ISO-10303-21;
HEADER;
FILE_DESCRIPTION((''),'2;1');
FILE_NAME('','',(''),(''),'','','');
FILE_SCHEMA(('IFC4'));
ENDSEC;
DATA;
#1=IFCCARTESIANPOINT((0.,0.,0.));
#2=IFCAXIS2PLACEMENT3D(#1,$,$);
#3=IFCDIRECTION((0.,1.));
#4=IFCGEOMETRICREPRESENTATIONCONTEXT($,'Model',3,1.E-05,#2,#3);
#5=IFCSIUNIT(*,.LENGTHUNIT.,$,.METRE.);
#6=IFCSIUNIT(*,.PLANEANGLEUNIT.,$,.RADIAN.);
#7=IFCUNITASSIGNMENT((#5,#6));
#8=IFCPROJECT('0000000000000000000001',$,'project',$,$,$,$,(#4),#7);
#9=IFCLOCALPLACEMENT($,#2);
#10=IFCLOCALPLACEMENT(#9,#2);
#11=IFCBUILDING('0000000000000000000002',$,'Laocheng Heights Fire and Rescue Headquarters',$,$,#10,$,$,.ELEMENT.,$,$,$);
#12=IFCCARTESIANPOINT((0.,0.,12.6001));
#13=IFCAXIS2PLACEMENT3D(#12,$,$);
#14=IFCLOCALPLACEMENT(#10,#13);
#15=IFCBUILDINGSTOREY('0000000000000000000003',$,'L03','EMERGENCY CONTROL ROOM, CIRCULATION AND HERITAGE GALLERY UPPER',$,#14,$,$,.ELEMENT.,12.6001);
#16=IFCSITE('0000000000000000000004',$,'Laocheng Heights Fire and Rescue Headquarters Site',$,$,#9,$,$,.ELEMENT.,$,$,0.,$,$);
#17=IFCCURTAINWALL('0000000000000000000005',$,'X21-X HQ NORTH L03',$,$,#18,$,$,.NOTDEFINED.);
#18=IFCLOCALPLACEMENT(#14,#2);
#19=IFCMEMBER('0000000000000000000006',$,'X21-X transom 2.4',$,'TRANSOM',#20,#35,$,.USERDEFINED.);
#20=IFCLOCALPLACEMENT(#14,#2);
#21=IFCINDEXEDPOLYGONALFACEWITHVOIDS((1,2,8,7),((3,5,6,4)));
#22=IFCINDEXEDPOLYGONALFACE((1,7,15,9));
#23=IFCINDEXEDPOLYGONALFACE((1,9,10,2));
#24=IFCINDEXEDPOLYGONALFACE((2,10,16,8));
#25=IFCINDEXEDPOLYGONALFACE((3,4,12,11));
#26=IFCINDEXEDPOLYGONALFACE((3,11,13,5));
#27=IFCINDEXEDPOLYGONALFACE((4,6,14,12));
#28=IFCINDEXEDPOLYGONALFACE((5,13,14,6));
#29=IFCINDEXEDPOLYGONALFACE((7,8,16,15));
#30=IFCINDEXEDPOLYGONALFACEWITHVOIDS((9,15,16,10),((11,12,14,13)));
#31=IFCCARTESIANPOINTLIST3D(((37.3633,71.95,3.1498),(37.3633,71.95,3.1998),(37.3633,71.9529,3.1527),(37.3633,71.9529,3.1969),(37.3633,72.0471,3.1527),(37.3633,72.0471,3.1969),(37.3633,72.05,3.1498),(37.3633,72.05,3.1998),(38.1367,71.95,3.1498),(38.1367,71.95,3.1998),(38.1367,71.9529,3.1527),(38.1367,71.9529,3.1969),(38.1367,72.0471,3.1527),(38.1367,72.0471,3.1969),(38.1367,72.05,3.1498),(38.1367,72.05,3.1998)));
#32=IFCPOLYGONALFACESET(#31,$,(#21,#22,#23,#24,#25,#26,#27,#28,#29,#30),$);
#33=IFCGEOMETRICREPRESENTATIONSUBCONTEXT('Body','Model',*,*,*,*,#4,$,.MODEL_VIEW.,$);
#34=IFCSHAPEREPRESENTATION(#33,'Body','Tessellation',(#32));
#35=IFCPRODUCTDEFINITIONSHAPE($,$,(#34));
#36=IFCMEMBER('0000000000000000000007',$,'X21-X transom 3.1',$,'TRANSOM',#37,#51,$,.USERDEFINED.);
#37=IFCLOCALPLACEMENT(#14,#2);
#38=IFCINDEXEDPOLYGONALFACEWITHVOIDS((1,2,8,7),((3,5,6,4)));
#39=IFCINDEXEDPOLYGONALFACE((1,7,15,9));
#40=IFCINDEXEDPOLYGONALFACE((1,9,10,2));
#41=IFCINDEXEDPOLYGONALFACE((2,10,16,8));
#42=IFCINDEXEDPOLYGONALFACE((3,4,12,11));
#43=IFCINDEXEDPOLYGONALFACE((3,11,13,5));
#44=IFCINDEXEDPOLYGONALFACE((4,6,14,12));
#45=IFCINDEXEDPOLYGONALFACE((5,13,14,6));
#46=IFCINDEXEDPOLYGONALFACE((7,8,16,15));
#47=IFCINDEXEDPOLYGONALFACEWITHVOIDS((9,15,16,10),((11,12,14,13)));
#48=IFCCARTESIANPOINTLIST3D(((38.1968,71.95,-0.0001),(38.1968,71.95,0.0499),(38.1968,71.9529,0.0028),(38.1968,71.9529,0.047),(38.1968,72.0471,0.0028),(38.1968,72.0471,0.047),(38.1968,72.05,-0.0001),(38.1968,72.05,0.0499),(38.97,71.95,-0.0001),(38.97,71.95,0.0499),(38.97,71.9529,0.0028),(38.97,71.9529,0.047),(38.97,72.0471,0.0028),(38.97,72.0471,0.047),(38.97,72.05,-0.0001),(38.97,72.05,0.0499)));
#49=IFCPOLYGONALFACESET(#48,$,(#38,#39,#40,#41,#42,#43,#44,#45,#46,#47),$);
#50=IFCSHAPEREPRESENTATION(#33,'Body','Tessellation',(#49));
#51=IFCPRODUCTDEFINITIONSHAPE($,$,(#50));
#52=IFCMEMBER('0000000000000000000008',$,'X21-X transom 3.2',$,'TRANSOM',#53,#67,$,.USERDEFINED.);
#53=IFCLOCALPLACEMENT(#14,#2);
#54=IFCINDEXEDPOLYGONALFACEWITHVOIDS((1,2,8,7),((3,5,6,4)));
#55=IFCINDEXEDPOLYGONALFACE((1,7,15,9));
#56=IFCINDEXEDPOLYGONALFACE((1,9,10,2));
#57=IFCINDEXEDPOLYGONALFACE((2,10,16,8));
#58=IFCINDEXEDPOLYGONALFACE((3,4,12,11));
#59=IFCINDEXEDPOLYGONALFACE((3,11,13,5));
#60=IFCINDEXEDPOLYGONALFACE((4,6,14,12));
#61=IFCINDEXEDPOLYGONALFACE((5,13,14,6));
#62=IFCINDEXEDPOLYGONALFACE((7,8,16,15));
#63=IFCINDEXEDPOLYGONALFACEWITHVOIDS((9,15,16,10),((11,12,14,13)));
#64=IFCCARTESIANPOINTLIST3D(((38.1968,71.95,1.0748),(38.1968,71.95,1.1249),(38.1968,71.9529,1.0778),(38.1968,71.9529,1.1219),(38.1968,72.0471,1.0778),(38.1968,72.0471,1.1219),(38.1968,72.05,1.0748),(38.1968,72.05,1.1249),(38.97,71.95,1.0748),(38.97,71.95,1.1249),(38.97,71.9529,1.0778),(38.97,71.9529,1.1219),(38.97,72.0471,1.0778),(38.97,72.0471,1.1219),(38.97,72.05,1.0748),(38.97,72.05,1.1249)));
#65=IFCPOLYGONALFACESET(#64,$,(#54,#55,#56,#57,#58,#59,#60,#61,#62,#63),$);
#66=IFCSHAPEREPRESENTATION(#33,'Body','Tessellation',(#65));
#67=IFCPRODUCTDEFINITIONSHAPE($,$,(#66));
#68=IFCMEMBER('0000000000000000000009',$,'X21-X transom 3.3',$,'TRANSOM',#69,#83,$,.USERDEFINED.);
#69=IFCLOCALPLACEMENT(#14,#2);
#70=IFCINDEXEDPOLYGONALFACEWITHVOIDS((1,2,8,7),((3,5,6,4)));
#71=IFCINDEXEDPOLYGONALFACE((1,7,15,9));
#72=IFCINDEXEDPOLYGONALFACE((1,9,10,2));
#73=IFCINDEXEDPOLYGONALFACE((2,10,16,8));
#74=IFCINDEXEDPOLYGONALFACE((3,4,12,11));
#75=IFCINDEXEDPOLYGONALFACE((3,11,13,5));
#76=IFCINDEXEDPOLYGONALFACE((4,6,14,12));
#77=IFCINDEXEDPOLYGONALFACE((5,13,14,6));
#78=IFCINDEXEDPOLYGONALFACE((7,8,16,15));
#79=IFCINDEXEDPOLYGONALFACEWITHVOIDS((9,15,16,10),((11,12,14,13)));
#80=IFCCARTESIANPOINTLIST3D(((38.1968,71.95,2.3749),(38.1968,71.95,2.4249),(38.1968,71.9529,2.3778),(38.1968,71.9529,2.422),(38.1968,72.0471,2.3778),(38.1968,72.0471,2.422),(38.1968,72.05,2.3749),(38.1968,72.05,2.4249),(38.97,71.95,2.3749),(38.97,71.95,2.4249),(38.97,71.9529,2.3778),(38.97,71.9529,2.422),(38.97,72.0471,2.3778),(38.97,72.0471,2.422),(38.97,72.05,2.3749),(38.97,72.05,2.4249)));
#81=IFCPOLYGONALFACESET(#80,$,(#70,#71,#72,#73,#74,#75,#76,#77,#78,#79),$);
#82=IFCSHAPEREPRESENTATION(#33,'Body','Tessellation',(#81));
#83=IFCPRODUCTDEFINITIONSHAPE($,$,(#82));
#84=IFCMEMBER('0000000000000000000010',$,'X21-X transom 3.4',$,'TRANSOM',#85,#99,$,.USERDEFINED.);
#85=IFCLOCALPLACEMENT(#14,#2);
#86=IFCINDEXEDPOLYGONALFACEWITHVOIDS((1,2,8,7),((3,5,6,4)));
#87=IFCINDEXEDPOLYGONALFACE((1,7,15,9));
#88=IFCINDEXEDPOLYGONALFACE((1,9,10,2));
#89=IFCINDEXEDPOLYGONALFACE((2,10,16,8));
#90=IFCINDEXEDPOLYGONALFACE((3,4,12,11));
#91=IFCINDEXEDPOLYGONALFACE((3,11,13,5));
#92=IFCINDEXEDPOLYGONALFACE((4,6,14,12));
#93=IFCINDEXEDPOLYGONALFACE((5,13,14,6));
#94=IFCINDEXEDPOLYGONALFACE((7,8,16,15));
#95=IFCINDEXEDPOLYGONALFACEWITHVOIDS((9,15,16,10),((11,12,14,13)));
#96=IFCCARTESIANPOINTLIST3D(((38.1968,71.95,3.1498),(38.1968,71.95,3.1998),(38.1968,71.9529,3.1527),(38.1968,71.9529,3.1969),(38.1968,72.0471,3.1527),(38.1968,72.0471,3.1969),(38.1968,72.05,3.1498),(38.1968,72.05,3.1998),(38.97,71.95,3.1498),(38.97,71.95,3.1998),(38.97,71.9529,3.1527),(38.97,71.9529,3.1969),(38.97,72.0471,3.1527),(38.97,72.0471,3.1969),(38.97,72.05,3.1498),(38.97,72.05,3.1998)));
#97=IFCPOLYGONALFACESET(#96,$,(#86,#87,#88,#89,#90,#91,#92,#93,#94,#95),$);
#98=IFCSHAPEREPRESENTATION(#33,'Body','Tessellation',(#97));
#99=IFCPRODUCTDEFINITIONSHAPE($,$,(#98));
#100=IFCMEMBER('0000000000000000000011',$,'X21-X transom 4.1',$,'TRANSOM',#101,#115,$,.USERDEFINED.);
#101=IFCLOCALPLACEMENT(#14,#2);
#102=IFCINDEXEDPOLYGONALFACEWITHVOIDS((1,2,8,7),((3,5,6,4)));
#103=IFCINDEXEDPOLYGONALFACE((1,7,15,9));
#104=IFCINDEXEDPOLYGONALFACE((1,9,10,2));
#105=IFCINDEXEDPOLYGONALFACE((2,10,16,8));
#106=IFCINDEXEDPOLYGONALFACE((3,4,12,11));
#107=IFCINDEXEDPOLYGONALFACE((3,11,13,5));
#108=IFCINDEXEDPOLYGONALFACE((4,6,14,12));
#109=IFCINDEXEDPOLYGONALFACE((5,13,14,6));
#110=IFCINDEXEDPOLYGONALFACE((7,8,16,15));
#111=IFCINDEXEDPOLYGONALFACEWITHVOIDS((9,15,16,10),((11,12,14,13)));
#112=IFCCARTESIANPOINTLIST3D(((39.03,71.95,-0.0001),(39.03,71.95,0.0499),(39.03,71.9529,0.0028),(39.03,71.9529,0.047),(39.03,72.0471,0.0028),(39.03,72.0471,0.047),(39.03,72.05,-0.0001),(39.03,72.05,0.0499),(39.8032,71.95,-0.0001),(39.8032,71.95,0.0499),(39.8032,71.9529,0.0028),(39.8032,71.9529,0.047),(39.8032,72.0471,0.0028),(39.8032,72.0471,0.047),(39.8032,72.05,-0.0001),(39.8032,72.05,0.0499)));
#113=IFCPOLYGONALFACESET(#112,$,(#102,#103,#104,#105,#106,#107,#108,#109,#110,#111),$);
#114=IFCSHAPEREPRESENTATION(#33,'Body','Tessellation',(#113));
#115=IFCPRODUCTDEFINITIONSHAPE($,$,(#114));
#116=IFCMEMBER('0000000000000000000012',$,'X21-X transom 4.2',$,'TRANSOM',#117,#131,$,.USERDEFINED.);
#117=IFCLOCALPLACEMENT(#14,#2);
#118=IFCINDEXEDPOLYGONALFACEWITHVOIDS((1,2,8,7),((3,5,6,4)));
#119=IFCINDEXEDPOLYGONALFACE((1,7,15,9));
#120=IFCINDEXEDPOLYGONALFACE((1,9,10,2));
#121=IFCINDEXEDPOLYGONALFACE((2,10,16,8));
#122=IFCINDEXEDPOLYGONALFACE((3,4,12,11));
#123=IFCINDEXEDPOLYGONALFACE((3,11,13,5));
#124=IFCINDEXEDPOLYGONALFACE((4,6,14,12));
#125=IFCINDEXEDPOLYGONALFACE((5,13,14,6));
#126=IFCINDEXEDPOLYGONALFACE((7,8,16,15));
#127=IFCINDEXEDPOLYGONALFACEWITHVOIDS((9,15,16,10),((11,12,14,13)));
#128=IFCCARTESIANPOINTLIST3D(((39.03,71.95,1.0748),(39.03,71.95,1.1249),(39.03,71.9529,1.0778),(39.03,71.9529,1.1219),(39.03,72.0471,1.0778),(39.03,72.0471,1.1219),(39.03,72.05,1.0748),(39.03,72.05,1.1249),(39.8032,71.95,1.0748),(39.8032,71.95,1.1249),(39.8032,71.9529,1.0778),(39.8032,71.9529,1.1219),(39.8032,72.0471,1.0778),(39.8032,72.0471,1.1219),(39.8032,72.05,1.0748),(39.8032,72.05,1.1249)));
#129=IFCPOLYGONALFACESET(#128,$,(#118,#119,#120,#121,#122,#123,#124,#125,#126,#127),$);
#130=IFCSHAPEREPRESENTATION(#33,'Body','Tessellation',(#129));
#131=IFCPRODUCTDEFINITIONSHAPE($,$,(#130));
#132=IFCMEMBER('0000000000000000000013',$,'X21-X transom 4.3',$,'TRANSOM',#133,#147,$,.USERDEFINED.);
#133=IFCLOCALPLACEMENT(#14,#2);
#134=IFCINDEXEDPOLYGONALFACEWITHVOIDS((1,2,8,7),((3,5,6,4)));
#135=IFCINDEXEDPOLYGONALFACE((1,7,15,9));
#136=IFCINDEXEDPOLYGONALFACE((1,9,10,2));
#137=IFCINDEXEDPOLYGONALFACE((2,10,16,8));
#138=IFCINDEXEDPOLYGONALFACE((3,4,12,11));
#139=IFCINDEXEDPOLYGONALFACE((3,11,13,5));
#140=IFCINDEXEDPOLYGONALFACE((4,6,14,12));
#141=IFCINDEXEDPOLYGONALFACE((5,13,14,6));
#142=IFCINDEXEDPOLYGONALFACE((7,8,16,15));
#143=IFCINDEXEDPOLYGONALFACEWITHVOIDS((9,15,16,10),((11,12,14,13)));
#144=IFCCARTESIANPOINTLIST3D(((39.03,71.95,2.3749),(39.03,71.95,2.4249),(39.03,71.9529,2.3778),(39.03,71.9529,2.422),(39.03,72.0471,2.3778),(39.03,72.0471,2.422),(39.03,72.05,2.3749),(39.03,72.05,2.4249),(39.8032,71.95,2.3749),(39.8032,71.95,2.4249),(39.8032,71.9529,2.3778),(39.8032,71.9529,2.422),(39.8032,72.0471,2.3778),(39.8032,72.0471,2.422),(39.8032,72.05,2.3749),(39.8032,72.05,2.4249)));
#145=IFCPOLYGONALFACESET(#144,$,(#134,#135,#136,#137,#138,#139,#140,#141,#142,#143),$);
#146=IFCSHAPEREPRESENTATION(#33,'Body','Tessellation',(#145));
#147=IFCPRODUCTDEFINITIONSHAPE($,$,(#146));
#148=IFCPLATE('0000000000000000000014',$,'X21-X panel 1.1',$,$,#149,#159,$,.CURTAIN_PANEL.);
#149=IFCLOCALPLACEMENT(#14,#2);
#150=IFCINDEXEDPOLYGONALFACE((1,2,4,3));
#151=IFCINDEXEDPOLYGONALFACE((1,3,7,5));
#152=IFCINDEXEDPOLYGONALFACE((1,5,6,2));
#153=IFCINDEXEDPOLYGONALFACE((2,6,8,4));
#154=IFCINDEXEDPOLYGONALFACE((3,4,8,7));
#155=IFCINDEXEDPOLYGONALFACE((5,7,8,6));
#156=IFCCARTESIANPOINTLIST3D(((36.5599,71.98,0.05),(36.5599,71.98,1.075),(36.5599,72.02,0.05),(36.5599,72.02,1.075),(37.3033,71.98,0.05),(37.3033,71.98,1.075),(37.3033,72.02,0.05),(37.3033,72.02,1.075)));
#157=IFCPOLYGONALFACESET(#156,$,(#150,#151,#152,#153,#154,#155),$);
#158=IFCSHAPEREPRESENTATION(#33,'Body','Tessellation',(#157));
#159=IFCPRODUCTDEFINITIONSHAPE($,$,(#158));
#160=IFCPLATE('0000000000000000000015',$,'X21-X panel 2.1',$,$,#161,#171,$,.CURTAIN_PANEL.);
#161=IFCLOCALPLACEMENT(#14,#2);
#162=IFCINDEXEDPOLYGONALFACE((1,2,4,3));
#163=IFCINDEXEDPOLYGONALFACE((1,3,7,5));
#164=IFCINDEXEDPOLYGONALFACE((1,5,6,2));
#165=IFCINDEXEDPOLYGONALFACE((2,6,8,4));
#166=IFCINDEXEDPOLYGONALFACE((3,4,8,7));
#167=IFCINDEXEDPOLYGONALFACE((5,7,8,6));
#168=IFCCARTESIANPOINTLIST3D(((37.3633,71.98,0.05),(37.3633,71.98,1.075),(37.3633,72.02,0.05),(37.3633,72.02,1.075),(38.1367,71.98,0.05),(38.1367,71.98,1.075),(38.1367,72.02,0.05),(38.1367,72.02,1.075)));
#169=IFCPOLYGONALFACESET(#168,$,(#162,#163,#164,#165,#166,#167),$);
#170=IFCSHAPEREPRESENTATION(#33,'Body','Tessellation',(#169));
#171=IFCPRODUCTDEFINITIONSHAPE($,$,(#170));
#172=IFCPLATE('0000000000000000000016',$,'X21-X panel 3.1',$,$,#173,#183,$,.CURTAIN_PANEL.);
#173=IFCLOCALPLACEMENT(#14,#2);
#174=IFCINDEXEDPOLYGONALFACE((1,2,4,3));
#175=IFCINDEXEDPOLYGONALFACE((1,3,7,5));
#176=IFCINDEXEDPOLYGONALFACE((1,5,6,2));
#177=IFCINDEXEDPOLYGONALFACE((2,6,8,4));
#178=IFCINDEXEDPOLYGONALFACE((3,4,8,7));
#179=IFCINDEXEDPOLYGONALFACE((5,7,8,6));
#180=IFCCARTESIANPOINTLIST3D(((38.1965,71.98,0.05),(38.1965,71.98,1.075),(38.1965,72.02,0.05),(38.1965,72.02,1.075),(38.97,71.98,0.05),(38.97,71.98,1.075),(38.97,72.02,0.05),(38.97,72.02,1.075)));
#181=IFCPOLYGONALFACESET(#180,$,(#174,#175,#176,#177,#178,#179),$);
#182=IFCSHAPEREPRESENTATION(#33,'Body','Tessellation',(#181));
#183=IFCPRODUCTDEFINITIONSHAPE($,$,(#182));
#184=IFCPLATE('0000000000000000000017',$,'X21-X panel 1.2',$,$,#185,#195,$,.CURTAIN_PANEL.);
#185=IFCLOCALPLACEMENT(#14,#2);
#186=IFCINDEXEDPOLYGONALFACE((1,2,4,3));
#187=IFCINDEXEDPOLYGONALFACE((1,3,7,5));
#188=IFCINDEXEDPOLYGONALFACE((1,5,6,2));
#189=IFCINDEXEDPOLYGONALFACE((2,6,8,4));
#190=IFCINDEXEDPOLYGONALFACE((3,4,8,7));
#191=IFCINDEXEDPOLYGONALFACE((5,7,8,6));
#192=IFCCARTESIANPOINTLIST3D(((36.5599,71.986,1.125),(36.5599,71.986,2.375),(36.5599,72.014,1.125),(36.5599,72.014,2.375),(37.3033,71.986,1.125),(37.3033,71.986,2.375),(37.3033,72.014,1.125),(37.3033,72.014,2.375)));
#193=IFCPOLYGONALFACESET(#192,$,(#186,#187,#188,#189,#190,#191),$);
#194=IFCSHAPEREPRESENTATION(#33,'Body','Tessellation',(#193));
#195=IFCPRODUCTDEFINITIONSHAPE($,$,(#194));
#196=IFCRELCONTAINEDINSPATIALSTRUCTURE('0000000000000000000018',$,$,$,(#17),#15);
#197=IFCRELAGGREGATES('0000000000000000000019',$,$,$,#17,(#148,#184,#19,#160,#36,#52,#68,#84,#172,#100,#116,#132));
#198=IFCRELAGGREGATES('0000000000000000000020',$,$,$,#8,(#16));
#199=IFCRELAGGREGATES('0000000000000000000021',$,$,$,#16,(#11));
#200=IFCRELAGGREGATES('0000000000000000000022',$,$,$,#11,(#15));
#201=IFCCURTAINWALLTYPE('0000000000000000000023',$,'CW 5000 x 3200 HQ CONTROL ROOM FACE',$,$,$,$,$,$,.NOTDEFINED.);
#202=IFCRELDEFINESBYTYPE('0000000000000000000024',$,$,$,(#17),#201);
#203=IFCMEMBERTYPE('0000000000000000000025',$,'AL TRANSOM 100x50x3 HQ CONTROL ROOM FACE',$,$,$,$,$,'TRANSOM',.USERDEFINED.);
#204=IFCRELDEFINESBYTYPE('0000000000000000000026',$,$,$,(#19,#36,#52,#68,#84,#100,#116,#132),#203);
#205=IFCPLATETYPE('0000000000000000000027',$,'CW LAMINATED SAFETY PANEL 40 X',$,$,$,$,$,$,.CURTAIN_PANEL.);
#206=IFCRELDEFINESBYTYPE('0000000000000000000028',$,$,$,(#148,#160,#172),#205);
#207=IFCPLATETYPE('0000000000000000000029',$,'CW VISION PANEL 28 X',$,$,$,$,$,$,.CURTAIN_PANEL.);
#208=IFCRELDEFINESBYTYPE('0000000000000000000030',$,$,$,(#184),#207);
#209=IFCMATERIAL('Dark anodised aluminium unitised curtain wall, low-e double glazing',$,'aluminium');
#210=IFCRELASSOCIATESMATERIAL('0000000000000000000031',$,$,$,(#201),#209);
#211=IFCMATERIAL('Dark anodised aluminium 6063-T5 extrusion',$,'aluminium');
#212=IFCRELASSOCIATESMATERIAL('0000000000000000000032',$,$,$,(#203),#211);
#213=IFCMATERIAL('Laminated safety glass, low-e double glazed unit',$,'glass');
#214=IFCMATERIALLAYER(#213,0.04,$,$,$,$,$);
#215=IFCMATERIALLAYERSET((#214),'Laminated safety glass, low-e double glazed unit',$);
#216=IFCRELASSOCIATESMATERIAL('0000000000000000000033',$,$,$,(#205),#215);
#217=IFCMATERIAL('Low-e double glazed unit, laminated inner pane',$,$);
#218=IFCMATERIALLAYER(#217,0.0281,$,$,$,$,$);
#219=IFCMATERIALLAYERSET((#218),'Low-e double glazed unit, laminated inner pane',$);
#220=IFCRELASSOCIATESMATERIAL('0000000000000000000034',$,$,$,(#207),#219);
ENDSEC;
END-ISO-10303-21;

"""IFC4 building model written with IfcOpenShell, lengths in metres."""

from ifc_helpers import new_model, si_unit, direction, frame, origin, origin_2d, place, context, subcontext, project, spatial, rectangle, hollow_rectangle, extrude, material, layer, layer_set, material_profile, profile_set, type_object, element, aggregate, save


model = new_model("IFC4")

# Units and contexts
model_context = context("Model", 3, precision=1e-05, world=origin(), true_north=direction((0.0, 1.0)))
body_context = subcontext(model_context, "Body", "Model", "MODEL_VIEW")
ifc_project = project(units=[si_unit("LENGTHUNIT", "METRE"), si_unit("PLANEANGLEUNIT", "RADIAN")], contexts=[model_context])

# Site, building, storey
site_placement = place(None, origin())
site = spatial("IfcSite", under=ifc_project, at=site_placement, Name="Laocheng Heights Fire and Rescue Headquarters Site", CompositionType="ELEMENT", RefElevation=0.0)
building_placement = place(site_placement, origin())
building = spatial("IfcBuilding", under=site, at=building_placement, Name="Laocheng Heights Fire and Rescue Headquarters", CompositionType="ELEMENT")
storey_placement = place(building_placement, frame((0.0, 0.0, 12.6001)))
storey = spatial("IfcBuildingStorey", under=building, at=storey_placement, Name="L03", Description="EMERGENCY CONTROL ROOM, CIRCULATION AND HERITAGE GALLERY UPPER", CompositionType="ELEMENT", Elevation=12.6001)

# Curtain wall, members, plates
ifc_material_1 = material(Name="Dark anodised aluminium unitised curtain wall, low-e double glazing", Category="aluminium")
curtain_wall_type = type_object("IfcCurtainWallType", Name="CW 5000 x 3200 HQ CONTROL ROOM FACE", PredefinedType="NOTDEFINED", material=ifc_material_1)
curtain_wall_placement = place(storey_placement, origin())
curtain_wall = element("IfcCurtainWall", 1, at=curtain_wall_placement, inside=storey, type_object=curtain_wall_type, Name="X21-X HQ NORTH L03", PredefinedType="NOTDEFINED")
ifc_material_2 = material(Name="Dark anodised aluminium 6063-T5 extrusion", Category="aluminium")
ifc_material_profile_1 = material_profile(ifc_material_2, hollow_rectangle(XDim=0.1001, YDim=0.05, WallThickness=0.0029, at=origin_2d()), Name="AL TRANSOM 100x50x3 HQ CONTROL ROOM FACE")
ifc_profile_set_1 = profile_set([ifc_material_profile_1], Name="Dark anodised aluminium 6063-T5 extrusion")
member_type_1 = type_object("IfcMemberType", Name="AL TRANSOM 100x50x3 HQ CONTROL ROOM FACE", ElementType="TRANSOM", PredefinedType="USERDEFINED", material=ifc_profile_set_1)
member_1_placement = place(storey_placement, frame((37.3633, 72.0, 3.1748), z_axis=(1.0, 0.0, 0.0), x_axis=(0.0, 1.0, 0.0)))
member_1 = element("IfcMember", 2, at=member_1_placement, type_object=member_type_1, Name="X21-X transom 2.4", ObjectType="TRANSOM", PredefinedType="USERDEFINED", context=body_context, shape_type="SweptSolid", body=[
    extrude(hollow_rectangle(XDim=0.1001, YDim=0.05, WallThickness=0.0029, at=origin_2d()), origin(), (0.0, 0.0, 1.0), 0.7734),
])
member_2_placement = place(storey_placement, frame((38.1968, 72.0, 0.0249), z_axis=(1.0, 0.0, 0.0), x_axis=(0.0, 1.0, 0.0)))
member_2 = element("IfcMember", 3, at=member_2_placement, type_object=member_type_1, Name="X21-X transom 3.1", ObjectType="TRANSOM", PredefinedType="USERDEFINED", context=body_context, shape_type="SweptSolid", body=[
    extrude(hollow_rectangle(XDim=0.1001, YDim=0.05, WallThickness=0.0029, at=origin_2d()), origin(), (0.0, 0.0, 1.0), 0.7732),
])
member_3_placement = place(storey_placement, frame((38.1968, 72.0, 1.0999), z_axis=(1.0, 0.0, 0.0), x_axis=(0.0, 1.0, 0.0)))
member_3 = element("IfcMember", 4, at=member_3_placement, type_object=member_type_1, Name="X21-X transom 3.2", ObjectType="TRANSOM", PredefinedType="USERDEFINED", context=body_context, shape_type="SweptSolid", body=[
    extrude(hollow_rectangle(XDim=0.1001, YDim=0.05, WallThickness=0.0029, at=origin_2d()), origin(), (0.0, 0.0, 1.0), 0.7732),
])
member_4_placement = place(storey_placement, frame((38.1968, 72.0, 2.3999), z_axis=(1.0, 0.0, 0.0), x_axis=(0.0, 1.0, 0.0)))
member_4 = element("IfcMember", 5, at=member_4_placement, type_object=member_type_1, Name="X21-X transom 3.3", ObjectType="TRANSOM", PredefinedType="USERDEFINED", context=body_context, shape_type="SweptSolid", body=[
    extrude(hollow_rectangle(XDim=0.1001, YDim=0.05, WallThickness=0.0029, at=origin_2d()), origin(), (0.0, 0.0, 1.0), 0.7732),
])
member_5_placement = place(storey_placement, frame((38.1968, 72.0, 3.1748), z_axis=(1.0, 0.0, 0.0), x_axis=(0.0, 1.0, 0.0)))
member_5 = element("IfcMember", 6, at=member_5_placement, type_object=member_type_1, Name="X21-X transom 3.4", ObjectType="TRANSOM", PredefinedType="USERDEFINED", context=body_context, shape_type="SweptSolid", body=[
    extrude(hollow_rectangle(XDim=0.1001, YDim=0.05, WallThickness=0.0029, at=origin_2d()), origin(), (0.0, 0.0, 1.0), 0.7732),
])
member_6_placement = place(storey_placement, frame((39.03, 72.0, 0.0249), z_axis=(1.0, 0.0, 0.0), x_axis=(0.0, 1.0, 0.0)))
member_6 = element("IfcMember", 7, at=member_6_placement, type_object=member_type_1, Name="X21-X transom 4.1", ObjectType="TRANSOM", PredefinedType="USERDEFINED", context=body_context, shape_type="SweptSolid", body=[
    extrude(hollow_rectangle(XDim=0.1001, YDim=0.05, WallThickness=0.0029, at=origin_2d()), origin(), (0.0, 0.0, 1.0), 0.7732),
])
member_7_placement = place(storey_placement, frame((39.03, 72.0, 1.0999), z_axis=(1.0, 0.0, 0.0), x_axis=(0.0, 1.0, 0.0)))
member_7 = element("IfcMember", 8, at=member_7_placement, type_object=member_type_1, Name="X21-X transom 4.2", ObjectType="TRANSOM", PredefinedType="USERDEFINED", context=body_context, shape_type="SweptSolid", body=[
    extrude(hollow_rectangle(XDim=0.1001, YDim=0.05, WallThickness=0.0029, at=origin_2d()), origin(), (0.0, 0.0, 1.0), 0.7732),
])
member_8_placement = place(storey_placement, frame((39.03, 72.0, 2.3999), z_axis=(1.0, 0.0, 0.0), x_axis=(0.0, 1.0, 0.0)))
member_8 = element("IfcMember", 9, at=member_8_placement, type_object=member_type_1, Name="X21-X transom 4.3", ObjectType="TRANSOM", PredefinedType="USERDEFINED", context=body_context, shape_type="SweptSolid", body=[
    extrude(hollow_rectangle(XDim=0.1001, YDim=0.05, WallThickness=0.0029, at=origin_2d()), origin(), (0.0, 0.0, 1.0), 0.7732),
])
ifc_material_3 = material(Name="Laminated safety glass, low-e double glazed unit", Category="glass")
ifc_layer_1 = layer(ifc_material_3, 0.04)
ifc_layer_set_1 = layer_set([ifc_layer_1], Name="Laminated safety glass, low-e double glazed unit")
plate_type_1 = type_object("IfcPlateType", Name="CW LAMINATED SAFETY PANEL 40 X", PredefinedType="CURTAIN_PANEL", material=ifc_layer_set_1)
plate_1_placement = place(storey_placement, frame((36.9316, 72.0, 0.05), z_axis=(0.0, 0.0, 1.0), x_axis=(1.0, 0.0, 0.0)))
plate_1 = element("IfcPlate", 10, at=plate_1_placement, type_object=plate_type_1, Name="X21-X panel 1.1", PredefinedType="CURTAIN_PANEL", context=body_context, shape_type="SweptSolid", body=[
    extrude(rectangle(XDim=0.7434, YDim=0.04, at=origin_2d()), origin(), (0.0, 0.0, 1.0), 1.0249),
])
plate_2_placement = place(storey_placement, frame((37.75, 72.0, 0.05), z_axis=(0.0, 0.0, 1.0), x_axis=(1.0, 0.0, 0.0)))
plate_2 = element("IfcPlate", 11, at=plate_2_placement, type_object=plate_type_1, Name="X21-X panel 2.1", PredefinedType="CURTAIN_PANEL", context=body_context, shape_type="SweptSolid", body=[
    extrude(rectangle(XDim=0.7734, YDim=0.04, at=origin_2d()), origin(), (0.0, 0.0, 1.0), 1.0249),
])
plate_3_placement = place(storey_placement, frame((38.5833, 72.0, 0.05), z_axis=(0.0, 0.0, 1.0), x_axis=(1.0, 0.0, 0.0)))
plate_3 = element("IfcPlate", 12, at=plate_3_placement, type_object=plate_type_1, Name="X21-X panel 3.1", PredefinedType="CURTAIN_PANEL", context=body_context, shape_type="SweptSolid", body=[
    extrude(rectangle(XDim=0.7734, YDim=0.04, at=origin_2d()), origin(), (0.0, 0.0, 1.0), 1.0249),
])
ifc_material_4 = material(Name="Low-e double glazed unit, laminated inner pane")
ifc_layer_2 = layer(ifc_material_4, 0.0281)
ifc_layer_set_2 = layer_set([ifc_layer_2], Name="Low-e double glazed unit, laminated inner pane")
plate_type_2 = type_object("IfcPlateType", Name="CW VISION PANEL 28 X", PredefinedType="CURTAIN_PANEL", material=ifc_layer_set_2)
plate_4_placement = place(storey_placement, frame((36.9316, 72.0, 1.125), z_axis=(0.0, 0.0, 1.0), x_axis=(1.0, 0.0, 0.0)))
plate_4 = element("IfcPlate", 13, at=plate_4_placement, type_object=plate_type_2, Name="X21-X panel 1.2", PredefinedType="CURTAIN_PANEL", context=body_context, shape_type="SweptSolid", body=[
    extrude(rectangle(XDim=0.7434, YDim=0.0281, at=origin_2d()), origin(), (0.0, 0.0, 1.0), 1.25),
])
aggregate(curtain_wall, [plate_1, plate_4, member_1, plate_2, member_2, member_3, member_4, member_5, plate_3, member_6, member_7, member_8])

save(model, "model.ifc")
